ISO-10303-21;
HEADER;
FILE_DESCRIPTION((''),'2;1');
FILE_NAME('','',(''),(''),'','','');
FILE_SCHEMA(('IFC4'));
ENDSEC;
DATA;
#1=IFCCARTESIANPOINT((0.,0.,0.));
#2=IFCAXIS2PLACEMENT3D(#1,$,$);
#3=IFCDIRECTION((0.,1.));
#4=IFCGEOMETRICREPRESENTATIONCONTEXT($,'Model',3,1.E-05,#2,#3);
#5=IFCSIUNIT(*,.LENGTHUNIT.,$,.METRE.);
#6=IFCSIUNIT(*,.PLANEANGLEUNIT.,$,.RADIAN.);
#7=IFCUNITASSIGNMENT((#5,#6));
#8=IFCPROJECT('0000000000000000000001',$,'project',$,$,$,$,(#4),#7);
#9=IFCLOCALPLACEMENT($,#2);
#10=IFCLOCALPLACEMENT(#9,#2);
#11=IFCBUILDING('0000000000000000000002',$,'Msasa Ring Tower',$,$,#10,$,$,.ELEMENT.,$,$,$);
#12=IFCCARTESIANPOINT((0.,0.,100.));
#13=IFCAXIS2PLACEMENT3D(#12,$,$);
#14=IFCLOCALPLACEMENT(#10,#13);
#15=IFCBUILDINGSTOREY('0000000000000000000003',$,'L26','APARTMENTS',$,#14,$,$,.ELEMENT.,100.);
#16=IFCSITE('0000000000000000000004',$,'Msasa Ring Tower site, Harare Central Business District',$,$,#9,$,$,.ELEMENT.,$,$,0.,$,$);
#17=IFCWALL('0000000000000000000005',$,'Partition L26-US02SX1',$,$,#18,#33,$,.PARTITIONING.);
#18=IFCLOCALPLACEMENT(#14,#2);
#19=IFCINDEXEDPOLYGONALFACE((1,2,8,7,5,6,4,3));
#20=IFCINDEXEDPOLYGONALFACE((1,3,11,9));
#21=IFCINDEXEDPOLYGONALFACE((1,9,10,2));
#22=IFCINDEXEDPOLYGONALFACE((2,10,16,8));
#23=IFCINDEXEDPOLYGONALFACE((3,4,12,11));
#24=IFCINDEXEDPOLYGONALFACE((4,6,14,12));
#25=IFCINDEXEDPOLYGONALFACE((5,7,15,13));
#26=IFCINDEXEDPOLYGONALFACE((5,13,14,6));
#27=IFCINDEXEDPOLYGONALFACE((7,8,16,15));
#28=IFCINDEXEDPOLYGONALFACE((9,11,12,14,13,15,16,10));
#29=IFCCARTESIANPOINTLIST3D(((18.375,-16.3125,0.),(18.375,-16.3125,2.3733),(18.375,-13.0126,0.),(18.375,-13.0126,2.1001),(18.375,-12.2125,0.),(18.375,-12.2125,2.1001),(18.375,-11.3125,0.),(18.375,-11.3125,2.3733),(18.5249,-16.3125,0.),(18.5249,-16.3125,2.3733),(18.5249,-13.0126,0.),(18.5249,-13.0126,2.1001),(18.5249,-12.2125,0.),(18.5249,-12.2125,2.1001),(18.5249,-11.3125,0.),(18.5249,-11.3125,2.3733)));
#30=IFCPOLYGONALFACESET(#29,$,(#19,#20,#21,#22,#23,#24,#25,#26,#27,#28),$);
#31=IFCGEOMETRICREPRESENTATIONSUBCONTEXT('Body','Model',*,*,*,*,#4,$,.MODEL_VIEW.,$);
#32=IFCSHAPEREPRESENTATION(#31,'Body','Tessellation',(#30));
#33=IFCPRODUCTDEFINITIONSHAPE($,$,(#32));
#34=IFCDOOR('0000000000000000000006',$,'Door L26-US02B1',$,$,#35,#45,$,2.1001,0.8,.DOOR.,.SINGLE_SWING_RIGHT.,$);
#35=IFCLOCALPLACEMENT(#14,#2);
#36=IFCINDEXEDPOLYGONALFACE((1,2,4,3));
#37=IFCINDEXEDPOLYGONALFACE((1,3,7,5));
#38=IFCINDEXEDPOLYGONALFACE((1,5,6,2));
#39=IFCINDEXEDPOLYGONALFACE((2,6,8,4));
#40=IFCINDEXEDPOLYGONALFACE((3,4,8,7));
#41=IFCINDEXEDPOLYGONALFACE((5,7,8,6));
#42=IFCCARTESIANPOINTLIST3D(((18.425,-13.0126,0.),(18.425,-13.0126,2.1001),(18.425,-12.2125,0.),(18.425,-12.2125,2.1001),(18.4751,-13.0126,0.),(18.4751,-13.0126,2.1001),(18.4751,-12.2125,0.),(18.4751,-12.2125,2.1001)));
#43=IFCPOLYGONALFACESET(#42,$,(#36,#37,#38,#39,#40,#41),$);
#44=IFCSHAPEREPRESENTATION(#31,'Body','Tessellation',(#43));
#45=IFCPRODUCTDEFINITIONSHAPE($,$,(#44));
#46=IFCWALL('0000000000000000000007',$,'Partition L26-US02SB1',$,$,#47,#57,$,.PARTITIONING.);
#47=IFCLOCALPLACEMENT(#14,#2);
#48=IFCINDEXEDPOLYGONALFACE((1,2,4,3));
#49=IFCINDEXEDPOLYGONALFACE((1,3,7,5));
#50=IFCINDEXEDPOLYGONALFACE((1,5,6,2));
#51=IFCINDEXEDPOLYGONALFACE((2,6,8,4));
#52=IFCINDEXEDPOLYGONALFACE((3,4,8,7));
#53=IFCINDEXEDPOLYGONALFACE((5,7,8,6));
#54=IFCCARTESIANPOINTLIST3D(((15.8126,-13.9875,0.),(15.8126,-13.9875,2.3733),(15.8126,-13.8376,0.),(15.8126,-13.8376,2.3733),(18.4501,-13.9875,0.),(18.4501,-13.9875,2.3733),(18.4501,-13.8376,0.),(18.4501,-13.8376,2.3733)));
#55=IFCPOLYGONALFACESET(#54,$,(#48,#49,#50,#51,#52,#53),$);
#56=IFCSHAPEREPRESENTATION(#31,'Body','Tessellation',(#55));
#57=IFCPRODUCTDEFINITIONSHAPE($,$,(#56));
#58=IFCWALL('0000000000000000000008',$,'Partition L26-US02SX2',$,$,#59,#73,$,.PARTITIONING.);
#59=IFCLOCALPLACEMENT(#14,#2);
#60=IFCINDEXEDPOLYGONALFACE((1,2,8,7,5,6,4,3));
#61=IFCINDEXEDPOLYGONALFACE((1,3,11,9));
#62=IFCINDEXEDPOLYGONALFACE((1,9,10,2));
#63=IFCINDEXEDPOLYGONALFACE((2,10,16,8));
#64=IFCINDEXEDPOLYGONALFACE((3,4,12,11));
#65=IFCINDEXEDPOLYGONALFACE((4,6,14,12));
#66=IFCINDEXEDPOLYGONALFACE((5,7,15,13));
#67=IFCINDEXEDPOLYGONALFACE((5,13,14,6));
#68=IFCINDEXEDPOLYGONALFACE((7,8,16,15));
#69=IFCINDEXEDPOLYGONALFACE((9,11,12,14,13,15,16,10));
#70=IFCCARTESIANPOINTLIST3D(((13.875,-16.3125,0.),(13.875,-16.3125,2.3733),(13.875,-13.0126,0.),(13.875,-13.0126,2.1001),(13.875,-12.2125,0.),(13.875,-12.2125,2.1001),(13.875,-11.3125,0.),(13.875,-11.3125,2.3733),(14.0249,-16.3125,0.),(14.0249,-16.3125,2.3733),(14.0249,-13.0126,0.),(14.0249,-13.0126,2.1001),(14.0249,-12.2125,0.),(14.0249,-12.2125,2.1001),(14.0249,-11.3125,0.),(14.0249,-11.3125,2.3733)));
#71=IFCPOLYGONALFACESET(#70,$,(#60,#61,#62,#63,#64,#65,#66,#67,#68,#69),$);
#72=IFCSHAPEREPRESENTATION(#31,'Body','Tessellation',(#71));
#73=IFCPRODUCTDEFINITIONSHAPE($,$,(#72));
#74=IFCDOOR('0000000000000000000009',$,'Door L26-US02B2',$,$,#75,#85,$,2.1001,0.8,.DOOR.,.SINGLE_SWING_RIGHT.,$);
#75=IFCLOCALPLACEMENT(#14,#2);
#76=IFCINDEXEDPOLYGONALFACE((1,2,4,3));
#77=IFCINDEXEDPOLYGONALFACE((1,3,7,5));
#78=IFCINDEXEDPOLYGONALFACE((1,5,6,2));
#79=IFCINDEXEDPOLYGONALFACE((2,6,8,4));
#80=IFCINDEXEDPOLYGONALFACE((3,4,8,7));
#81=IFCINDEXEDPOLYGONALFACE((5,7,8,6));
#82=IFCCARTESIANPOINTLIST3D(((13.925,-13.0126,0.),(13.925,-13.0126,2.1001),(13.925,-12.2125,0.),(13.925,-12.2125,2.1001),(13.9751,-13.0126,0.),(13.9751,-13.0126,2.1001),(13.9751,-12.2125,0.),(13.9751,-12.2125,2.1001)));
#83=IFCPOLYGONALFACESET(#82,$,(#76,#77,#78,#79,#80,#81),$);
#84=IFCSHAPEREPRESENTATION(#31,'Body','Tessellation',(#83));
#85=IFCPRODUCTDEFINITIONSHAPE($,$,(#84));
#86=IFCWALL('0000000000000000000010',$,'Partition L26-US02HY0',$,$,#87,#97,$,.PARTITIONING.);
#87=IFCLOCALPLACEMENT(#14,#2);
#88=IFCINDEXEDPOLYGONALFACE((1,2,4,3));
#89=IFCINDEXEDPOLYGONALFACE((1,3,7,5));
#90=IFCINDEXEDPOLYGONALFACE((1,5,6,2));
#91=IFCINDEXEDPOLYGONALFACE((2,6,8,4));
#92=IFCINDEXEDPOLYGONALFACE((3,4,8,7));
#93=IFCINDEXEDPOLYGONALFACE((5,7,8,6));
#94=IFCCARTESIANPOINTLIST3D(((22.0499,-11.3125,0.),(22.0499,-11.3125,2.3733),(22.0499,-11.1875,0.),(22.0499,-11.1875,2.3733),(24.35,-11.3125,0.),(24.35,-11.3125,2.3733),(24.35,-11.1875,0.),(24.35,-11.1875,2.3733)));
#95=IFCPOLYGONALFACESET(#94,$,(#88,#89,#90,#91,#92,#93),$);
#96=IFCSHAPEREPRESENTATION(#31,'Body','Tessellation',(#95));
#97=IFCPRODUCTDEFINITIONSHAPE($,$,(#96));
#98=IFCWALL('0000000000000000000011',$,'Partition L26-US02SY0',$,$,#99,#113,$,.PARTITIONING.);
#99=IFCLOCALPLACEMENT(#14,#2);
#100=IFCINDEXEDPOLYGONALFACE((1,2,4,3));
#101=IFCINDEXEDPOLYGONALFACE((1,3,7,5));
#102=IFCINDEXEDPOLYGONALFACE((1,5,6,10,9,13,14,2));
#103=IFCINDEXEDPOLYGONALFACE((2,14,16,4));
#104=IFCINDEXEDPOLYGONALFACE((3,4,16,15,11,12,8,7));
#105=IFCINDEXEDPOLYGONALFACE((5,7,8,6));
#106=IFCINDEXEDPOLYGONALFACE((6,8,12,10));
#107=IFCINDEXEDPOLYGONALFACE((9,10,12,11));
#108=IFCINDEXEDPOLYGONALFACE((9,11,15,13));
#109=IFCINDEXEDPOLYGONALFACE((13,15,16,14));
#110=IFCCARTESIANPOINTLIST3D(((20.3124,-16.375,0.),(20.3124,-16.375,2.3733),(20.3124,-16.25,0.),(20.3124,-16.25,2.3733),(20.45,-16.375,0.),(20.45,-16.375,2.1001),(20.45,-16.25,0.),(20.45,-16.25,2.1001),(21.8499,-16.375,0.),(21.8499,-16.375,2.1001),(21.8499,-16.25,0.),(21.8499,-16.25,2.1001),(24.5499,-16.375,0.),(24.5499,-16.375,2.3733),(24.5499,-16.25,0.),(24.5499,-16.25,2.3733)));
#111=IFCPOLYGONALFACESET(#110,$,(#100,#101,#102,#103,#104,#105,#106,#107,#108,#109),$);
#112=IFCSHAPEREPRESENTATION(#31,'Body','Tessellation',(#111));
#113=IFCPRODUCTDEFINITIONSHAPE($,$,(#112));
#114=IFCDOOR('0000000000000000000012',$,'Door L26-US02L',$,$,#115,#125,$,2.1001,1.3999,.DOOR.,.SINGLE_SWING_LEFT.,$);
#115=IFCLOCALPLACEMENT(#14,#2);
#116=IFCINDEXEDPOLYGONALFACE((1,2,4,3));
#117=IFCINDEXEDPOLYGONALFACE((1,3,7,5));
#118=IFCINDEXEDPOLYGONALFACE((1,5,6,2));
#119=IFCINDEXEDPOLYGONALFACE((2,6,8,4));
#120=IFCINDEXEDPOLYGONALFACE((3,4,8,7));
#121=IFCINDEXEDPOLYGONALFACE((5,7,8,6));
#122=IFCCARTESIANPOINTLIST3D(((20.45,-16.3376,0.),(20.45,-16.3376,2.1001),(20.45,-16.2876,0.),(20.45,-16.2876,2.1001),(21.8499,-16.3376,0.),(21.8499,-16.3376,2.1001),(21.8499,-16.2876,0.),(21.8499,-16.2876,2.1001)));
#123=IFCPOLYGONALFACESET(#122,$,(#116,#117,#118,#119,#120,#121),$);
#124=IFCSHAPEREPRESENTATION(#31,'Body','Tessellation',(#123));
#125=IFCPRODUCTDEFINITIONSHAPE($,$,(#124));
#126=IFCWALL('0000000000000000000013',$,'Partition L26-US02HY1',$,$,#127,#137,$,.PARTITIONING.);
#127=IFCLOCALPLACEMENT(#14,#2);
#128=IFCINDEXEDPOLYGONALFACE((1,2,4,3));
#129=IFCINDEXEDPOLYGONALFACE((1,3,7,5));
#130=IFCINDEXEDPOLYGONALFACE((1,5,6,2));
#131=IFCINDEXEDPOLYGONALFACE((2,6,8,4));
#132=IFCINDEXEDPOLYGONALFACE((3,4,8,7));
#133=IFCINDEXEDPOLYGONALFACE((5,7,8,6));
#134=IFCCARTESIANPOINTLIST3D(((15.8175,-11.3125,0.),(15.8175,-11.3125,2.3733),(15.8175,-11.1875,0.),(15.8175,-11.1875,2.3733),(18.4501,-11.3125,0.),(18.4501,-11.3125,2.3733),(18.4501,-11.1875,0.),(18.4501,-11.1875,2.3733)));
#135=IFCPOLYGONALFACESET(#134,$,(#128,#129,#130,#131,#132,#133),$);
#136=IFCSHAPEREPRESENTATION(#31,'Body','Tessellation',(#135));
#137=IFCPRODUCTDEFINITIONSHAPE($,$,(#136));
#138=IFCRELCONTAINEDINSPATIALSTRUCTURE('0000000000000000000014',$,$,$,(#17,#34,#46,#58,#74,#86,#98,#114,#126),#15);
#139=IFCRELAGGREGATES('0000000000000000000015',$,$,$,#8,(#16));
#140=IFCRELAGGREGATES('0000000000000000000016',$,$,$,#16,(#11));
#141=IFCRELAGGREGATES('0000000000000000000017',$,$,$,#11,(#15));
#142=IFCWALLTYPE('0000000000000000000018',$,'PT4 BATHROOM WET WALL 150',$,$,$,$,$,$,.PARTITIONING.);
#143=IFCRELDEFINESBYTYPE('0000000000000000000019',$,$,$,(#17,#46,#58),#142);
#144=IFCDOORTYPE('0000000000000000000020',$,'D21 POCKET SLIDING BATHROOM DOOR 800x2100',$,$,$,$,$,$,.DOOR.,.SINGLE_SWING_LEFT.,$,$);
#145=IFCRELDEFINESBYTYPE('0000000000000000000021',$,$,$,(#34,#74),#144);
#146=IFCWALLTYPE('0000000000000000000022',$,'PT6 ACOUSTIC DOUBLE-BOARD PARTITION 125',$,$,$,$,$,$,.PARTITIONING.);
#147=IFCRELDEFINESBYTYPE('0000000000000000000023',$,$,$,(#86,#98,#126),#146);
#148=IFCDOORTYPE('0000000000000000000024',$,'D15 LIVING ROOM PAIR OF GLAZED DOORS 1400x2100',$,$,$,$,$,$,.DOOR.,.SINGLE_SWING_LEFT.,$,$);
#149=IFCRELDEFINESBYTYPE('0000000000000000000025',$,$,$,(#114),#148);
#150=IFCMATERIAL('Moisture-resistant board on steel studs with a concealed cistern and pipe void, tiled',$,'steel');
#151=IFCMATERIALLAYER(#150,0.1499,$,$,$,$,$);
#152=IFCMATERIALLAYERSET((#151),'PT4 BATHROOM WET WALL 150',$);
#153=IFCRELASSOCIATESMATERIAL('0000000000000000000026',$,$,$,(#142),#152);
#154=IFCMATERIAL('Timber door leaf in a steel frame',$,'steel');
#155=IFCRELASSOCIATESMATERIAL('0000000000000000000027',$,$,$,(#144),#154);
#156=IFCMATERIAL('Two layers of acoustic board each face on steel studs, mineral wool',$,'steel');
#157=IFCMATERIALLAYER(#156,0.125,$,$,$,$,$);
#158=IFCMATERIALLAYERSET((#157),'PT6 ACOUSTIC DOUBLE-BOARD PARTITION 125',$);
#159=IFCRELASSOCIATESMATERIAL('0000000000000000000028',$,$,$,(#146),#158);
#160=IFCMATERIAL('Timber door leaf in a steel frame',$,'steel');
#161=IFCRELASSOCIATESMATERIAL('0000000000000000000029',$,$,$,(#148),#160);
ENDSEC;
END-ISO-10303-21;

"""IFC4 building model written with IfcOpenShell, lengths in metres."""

from ifc_helpers import new_model, si_unit, direction, frame, frame_2d, origin, place, context, subcontext, project, spatial, rectangle, extrude, material, layer, layer_set, type_object, element, fill, save


model = new_model("IFC4")

# Units and contexts
model_context = context("Model", 3, precision=1e-05, world=origin(), true_north=direction((0.0, 1.0)))
body_context = subcontext(model_context, "Body", "Model", "MODEL_VIEW")
ifc_project = project(units=[si_unit("LENGTHUNIT", "METRE"), si_unit("PLANEANGLEUNIT", "RADIAN")], contexts=[model_context])

# Site, building, storey
site_placement = place(None, origin())
site = spatial("IfcSite", under=ifc_project, at=site_placement, Name="Msasa Ring Tower site, Harare Central Business District", CompositionType="ELEMENT", RefElevation=0.0)
building_placement = place(site_placement, origin())
building = spatial("IfcBuilding", under=site, at=building_placement, Name="Msasa Ring Tower", CompositionType="ELEMENT")
storey_placement = place(building_placement, frame((0.0, 0.0, 100.0)))
storey = spatial("IfcBuildingStorey", under=building, at=storey_placement, Name="L26", Description="APARTMENTS", CompositionType="ELEMENT", Elevation=100.0)

# Wall, opening, door
ifc_material_1 = material(Name="Moisture-resistant board on steel studs with a concealed cistern and pipe void, tiled", Category="steel")
ifc_layer_1 = layer(ifc_material_1, 0.1499)
ifc_layer_set_1 = layer_set([ifc_layer_1], Name="PT4 BATHROOM WET WALL 150")
wall_type_1 = type_object("IfcWallType", Name="PT4 BATHROOM WET WALL 150", PredefinedType="PARTITIONING", material=ifc_layer_set_1)
wall_1_placement = place(storey_placement, frame((18.45, -16.3125, 0.0), z_axis=(0.0, 0.0, 1.0), x_axis=(0.0, 1.0, 0.0)))
wall_1 = element("IfcWall", 1, at=wall_1_placement, inside=storey, type_object=wall_type_1, Name="Partition L26-US02SX1", PredefinedType="PARTITIONING", context=body_context, shape_type="SweptSolid", body=[
    extrude(rectangle(XDim=5.0, YDim=0.1499, at=frame_2d((2.5, 0.0))), origin(), (0.0, 0.0, 1.0), 2.3733),
])
opening_1_placement = place(wall_1_placement, frame((3.3, 0.0, 0.0)))
opening_1 = element("IfcOpeningElement", 2, at=opening_1_placement, cuts=wall_1, PredefinedType="OPENING", context=body_context, shape_type="SweptSolid", body=[
    extrude(rectangle(XDim=0.8, YDim=2.1001, at=frame_2d((0.3999, 1.05))), frame((0.0, 0.085, 0.0), z_axis=(0.0, -1.0, 0.0), x_axis=(1.0, 0.0, 0.0)), (0.0, 0.0, 1.0), 0.1699),
])
ifc_material_2 = material(Name="Timber door leaf in a steel frame", Category="steel")
door_type_1 = type_object("IfcDoorType", Name="D21 POCKET SLIDING BATHROOM DOOR 800x2100", OperationType="SINGLE_SWING_LEFT", PredefinedType="DOOR", material=ifc_material_2)
door_1_placement = place(opening_1_placement, origin())
door_1 = element("IfcDoor", 3, at=door_1_placement, inside=storey, type_object=door_type_1, Name="Door L26-US02B1", OperationType="SINGLE_SWING_RIGHT", OverallHeight=2.1001, OverallWidth=0.8, PredefinedType="DOOR", context=body_context, shape_type="SweptSolid", body=[
    extrude(rectangle(XDim=0.8, YDim=2.1001, at=frame_2d((0.3999, 1.05))), frame((0.0, 0.0249, 0.0), z_axis=(0.0, -1.0, 0.0), x_axis=(1.0, 0.0, 0.0)), (0.0, 0.0, 1.0), 0.05),
])
fill(opening_1, door_1)

# Wall
wall_2_placement = place(storey_placement, frame((15.8125, -13.9126, 0.0), z_axis=(0.0, 0.0, 1.0), x_axis=(1.0, 0.0, 0.0)))
element("IfcWall", 4, at=wall_2_placement, inside=storey, type_object=wall_type_1, Name="Partition L26-US02SB1", PredefinedType="PARTITIONING", context=body_context, shape_type="SweptSolid", body=[
    extrude(rectangle(XDim=2.6375, YDim=0.1499, at=frame_2d((1.3188, 0.0))), origin(), (0.0, 0.0, 1.0), 2.3733),
])

# Wall, opening, door
wall_3_placement = place(storey_placement, frame((13.95, -16.3125, 0.0), z_axis=(0.0, 0.0, 1.0), x_axis=(0.0, 1.0, 0.0)))
wall_3 = element("IfcWall", 5, at=wall_3_placement, inside=storey, type_object=wall_type_1, Name="Partition L26-US02SX2", PredefinedType="PARTITIONING", context=body_context, shape_type="SweptSolid", body=[
    extrude(rectangle(XDim=5.0, YDim=0.1499, at=frame_2d((2.5, 0.0))), origin(), (0.0, 0.0, 1.0), 2.3733),
])
opening_2_placement = place(wall_3_placement, frame((3.3, 0.0, 0.0)))
opening_2 = element("IfcOpeningElement", 6, at=opening_2_placement, cuts=wall_3, PredefinedType="OPENING", context=body_context, shape_type="SweptSolid", body=[
    extrude(rectangle(XDim=0.8, YDim=2.1001, at=frame_2d((0.3999, 1.05))), frame((0.0, 0.085, 0.0), z_axis=(0.0, -1.0, 0.0), x_axis=(1.0, 0.0, 0.0)), (0.0, 0.0, 1.0), 0.1699),
])
door_2_placement = place(opening_2_placement, origin())
door_2 = element("IfcDoor", 7, at=door_2_placement, inside=storey, type_object=door_type_1, Name="Door L26-US02B2", OperationType="SINGLE_SWING_RIGHT", OverallHeight=2.1001, OverallWidth=0.8, PredefinedType="DOOR", context=body_context, shape_type="SweptSolid", body=[
    extrude(rectangle(XDim=0.8, YDim=2.1001, at=frame_2d((0.3999, 1.05))), frame((0.0, 0.0249, 0.0), z_axis=(0.0, -1.0, 0.0), x_axis=(1.0, 0.0, 0.0)), (0.0, 0.0, 1.0), 0.05),
])
fill(opening_2, door_2)

# Wall
ifc_material_3 = material(Name="Two layers of acoustic board each face on steel studs, mineral wool", Category="steel")
ifc_layer_2 = layer(ifc_material_3, 0.125)
ifc_layer_set_2 = layer_set([ifc_layer_2], Name="PT6 ACOUSTIC DOUBLE-BOARD PARTITION 125")
wall_type_2 = type_object("IfcWallType", Name="PT6 ACOUSTIC DOUBLE-BOARD PARTITION 125", PredefinedType="PARTITIONING", material=ifc_layer_set_2)
wall_4_placement = place(storey_placement, frame((22.05, -11.25, 0.0), z_axis=(0.0, 0.0, 1.0), x_axis=(1.0, 0.0, 0.0)))
element("IfcWall", 8, at=wall_4_placement, inside=storey, type_object=wall_type_2, Name="Partition L26-US02HY0", PredefinedType="PARTITIONING", context=body_context, shape_type="SweptSolid", body=[
    extrude(rectangle(XDim=2.3, YDim=0.125, at=frame_2d((1.1499, 0.0))), origin(), (0.0, 0.0, 1.0), 2.3733),
])

# Wall, opening, door
wall_5_placement = place(storey_placement, frame((20.3125, -16.3125, 0.0), z_axis=(0.0, 0.0, 1.0), x_axis=(1.0, 0.0, 0.0)))
wall_5 = element("IfcWall", 9, at=wall_5_placement, inside=storey, type_object=wall_type_2, Name="Partition L26-US02SY0", PredefinedType="PARTITIONING", context=body_context, shape_type="SweptSolid", body=[
    extrude(rectangle(XDim=4.2375, YDim=0.125, at=frame_2d((2.1187, 0.0))), origin(), (0.0, 0.0, 1.0), 2.3733),
])
opening_3_placement = place(wall_5_placement, frame((0.1375, 0.0, 0.0)))
opening_3 = element("IfcOpeningElement", 10, at=opening_3_placement, cuts=wall_5, PredefinedType="OPENING", context=body_context, shape_type="SweptSolid", body=[
    extrude(rectangle(XDim=1.3999, YDim=2.1001, at=frame_2d((0.7, 1.05))), frame((0.0, 0.0725, 0.0), z_axis=(0.0, -1.0, 0.0), x_axis=(1.0, 0.0, 0.0)), (0.0, 0.0, 1.0), 0.145),
])
ifc_material_4 = material(Name="Timber door leaf in a steel frame", Category="steel")
door_type_2 = type_object("IfcDoorType", Name="D15 LIVING ROOM PAIR OF GLAZED DOORS 1400x2100", OperationType="SINGLE_SWING_LEFT", PredefinedType="DOOR", material=ifc_material_4)
door_3_placement = place(opening_3_placement, origin())
door_3 = element("IfcDoor", 11, at=door_3_placement, inside=storey, type_object=door_type_2, Name="Door L26-US02L", OperationType="SINGLE_SWING_LEFT", OverallHeight=2.1001, OverallWidth=1.3999, PredefinedType="DOOR", context=body_context, shape_type="SweptSolid", body=[
    extrude(rectangle(XDim=1.3999, YDim=2.1001, at=frame_2d((0.7, 1.05))), frame((0.0, 0.0249, 0.0), z_axis=(0.0, -1.0, 0.0), x_axis=(1.0, 0.0, 0.0)), (0.0, 0.0, 1.0), 0.05),
])
fill(opening_3, door_3)

# Wall
wall_6_placement = place(storey_placement, frame((15.8174, -11.25, 0.0), z_axis=(0.0, 0.0, 1.0), x_axis=(1.0, 0.0, 0.0)))
element("IfcWall", 12, at=wall_6_placement, inside=storey, type_object=wall_type_2, Name="Partition L26-US02HY1", PredefinedType="PARTITIONING", context=body_context, shape_type="SweptSolid", body=[
    extrude(rectangle(XDim=2.6326, YDim=0.125, at=frame_2d((1.3164, 0.0))), origin(), (0.0, 0.0, 1.0), 2.3733),
])

save(model, "model.ifc")
